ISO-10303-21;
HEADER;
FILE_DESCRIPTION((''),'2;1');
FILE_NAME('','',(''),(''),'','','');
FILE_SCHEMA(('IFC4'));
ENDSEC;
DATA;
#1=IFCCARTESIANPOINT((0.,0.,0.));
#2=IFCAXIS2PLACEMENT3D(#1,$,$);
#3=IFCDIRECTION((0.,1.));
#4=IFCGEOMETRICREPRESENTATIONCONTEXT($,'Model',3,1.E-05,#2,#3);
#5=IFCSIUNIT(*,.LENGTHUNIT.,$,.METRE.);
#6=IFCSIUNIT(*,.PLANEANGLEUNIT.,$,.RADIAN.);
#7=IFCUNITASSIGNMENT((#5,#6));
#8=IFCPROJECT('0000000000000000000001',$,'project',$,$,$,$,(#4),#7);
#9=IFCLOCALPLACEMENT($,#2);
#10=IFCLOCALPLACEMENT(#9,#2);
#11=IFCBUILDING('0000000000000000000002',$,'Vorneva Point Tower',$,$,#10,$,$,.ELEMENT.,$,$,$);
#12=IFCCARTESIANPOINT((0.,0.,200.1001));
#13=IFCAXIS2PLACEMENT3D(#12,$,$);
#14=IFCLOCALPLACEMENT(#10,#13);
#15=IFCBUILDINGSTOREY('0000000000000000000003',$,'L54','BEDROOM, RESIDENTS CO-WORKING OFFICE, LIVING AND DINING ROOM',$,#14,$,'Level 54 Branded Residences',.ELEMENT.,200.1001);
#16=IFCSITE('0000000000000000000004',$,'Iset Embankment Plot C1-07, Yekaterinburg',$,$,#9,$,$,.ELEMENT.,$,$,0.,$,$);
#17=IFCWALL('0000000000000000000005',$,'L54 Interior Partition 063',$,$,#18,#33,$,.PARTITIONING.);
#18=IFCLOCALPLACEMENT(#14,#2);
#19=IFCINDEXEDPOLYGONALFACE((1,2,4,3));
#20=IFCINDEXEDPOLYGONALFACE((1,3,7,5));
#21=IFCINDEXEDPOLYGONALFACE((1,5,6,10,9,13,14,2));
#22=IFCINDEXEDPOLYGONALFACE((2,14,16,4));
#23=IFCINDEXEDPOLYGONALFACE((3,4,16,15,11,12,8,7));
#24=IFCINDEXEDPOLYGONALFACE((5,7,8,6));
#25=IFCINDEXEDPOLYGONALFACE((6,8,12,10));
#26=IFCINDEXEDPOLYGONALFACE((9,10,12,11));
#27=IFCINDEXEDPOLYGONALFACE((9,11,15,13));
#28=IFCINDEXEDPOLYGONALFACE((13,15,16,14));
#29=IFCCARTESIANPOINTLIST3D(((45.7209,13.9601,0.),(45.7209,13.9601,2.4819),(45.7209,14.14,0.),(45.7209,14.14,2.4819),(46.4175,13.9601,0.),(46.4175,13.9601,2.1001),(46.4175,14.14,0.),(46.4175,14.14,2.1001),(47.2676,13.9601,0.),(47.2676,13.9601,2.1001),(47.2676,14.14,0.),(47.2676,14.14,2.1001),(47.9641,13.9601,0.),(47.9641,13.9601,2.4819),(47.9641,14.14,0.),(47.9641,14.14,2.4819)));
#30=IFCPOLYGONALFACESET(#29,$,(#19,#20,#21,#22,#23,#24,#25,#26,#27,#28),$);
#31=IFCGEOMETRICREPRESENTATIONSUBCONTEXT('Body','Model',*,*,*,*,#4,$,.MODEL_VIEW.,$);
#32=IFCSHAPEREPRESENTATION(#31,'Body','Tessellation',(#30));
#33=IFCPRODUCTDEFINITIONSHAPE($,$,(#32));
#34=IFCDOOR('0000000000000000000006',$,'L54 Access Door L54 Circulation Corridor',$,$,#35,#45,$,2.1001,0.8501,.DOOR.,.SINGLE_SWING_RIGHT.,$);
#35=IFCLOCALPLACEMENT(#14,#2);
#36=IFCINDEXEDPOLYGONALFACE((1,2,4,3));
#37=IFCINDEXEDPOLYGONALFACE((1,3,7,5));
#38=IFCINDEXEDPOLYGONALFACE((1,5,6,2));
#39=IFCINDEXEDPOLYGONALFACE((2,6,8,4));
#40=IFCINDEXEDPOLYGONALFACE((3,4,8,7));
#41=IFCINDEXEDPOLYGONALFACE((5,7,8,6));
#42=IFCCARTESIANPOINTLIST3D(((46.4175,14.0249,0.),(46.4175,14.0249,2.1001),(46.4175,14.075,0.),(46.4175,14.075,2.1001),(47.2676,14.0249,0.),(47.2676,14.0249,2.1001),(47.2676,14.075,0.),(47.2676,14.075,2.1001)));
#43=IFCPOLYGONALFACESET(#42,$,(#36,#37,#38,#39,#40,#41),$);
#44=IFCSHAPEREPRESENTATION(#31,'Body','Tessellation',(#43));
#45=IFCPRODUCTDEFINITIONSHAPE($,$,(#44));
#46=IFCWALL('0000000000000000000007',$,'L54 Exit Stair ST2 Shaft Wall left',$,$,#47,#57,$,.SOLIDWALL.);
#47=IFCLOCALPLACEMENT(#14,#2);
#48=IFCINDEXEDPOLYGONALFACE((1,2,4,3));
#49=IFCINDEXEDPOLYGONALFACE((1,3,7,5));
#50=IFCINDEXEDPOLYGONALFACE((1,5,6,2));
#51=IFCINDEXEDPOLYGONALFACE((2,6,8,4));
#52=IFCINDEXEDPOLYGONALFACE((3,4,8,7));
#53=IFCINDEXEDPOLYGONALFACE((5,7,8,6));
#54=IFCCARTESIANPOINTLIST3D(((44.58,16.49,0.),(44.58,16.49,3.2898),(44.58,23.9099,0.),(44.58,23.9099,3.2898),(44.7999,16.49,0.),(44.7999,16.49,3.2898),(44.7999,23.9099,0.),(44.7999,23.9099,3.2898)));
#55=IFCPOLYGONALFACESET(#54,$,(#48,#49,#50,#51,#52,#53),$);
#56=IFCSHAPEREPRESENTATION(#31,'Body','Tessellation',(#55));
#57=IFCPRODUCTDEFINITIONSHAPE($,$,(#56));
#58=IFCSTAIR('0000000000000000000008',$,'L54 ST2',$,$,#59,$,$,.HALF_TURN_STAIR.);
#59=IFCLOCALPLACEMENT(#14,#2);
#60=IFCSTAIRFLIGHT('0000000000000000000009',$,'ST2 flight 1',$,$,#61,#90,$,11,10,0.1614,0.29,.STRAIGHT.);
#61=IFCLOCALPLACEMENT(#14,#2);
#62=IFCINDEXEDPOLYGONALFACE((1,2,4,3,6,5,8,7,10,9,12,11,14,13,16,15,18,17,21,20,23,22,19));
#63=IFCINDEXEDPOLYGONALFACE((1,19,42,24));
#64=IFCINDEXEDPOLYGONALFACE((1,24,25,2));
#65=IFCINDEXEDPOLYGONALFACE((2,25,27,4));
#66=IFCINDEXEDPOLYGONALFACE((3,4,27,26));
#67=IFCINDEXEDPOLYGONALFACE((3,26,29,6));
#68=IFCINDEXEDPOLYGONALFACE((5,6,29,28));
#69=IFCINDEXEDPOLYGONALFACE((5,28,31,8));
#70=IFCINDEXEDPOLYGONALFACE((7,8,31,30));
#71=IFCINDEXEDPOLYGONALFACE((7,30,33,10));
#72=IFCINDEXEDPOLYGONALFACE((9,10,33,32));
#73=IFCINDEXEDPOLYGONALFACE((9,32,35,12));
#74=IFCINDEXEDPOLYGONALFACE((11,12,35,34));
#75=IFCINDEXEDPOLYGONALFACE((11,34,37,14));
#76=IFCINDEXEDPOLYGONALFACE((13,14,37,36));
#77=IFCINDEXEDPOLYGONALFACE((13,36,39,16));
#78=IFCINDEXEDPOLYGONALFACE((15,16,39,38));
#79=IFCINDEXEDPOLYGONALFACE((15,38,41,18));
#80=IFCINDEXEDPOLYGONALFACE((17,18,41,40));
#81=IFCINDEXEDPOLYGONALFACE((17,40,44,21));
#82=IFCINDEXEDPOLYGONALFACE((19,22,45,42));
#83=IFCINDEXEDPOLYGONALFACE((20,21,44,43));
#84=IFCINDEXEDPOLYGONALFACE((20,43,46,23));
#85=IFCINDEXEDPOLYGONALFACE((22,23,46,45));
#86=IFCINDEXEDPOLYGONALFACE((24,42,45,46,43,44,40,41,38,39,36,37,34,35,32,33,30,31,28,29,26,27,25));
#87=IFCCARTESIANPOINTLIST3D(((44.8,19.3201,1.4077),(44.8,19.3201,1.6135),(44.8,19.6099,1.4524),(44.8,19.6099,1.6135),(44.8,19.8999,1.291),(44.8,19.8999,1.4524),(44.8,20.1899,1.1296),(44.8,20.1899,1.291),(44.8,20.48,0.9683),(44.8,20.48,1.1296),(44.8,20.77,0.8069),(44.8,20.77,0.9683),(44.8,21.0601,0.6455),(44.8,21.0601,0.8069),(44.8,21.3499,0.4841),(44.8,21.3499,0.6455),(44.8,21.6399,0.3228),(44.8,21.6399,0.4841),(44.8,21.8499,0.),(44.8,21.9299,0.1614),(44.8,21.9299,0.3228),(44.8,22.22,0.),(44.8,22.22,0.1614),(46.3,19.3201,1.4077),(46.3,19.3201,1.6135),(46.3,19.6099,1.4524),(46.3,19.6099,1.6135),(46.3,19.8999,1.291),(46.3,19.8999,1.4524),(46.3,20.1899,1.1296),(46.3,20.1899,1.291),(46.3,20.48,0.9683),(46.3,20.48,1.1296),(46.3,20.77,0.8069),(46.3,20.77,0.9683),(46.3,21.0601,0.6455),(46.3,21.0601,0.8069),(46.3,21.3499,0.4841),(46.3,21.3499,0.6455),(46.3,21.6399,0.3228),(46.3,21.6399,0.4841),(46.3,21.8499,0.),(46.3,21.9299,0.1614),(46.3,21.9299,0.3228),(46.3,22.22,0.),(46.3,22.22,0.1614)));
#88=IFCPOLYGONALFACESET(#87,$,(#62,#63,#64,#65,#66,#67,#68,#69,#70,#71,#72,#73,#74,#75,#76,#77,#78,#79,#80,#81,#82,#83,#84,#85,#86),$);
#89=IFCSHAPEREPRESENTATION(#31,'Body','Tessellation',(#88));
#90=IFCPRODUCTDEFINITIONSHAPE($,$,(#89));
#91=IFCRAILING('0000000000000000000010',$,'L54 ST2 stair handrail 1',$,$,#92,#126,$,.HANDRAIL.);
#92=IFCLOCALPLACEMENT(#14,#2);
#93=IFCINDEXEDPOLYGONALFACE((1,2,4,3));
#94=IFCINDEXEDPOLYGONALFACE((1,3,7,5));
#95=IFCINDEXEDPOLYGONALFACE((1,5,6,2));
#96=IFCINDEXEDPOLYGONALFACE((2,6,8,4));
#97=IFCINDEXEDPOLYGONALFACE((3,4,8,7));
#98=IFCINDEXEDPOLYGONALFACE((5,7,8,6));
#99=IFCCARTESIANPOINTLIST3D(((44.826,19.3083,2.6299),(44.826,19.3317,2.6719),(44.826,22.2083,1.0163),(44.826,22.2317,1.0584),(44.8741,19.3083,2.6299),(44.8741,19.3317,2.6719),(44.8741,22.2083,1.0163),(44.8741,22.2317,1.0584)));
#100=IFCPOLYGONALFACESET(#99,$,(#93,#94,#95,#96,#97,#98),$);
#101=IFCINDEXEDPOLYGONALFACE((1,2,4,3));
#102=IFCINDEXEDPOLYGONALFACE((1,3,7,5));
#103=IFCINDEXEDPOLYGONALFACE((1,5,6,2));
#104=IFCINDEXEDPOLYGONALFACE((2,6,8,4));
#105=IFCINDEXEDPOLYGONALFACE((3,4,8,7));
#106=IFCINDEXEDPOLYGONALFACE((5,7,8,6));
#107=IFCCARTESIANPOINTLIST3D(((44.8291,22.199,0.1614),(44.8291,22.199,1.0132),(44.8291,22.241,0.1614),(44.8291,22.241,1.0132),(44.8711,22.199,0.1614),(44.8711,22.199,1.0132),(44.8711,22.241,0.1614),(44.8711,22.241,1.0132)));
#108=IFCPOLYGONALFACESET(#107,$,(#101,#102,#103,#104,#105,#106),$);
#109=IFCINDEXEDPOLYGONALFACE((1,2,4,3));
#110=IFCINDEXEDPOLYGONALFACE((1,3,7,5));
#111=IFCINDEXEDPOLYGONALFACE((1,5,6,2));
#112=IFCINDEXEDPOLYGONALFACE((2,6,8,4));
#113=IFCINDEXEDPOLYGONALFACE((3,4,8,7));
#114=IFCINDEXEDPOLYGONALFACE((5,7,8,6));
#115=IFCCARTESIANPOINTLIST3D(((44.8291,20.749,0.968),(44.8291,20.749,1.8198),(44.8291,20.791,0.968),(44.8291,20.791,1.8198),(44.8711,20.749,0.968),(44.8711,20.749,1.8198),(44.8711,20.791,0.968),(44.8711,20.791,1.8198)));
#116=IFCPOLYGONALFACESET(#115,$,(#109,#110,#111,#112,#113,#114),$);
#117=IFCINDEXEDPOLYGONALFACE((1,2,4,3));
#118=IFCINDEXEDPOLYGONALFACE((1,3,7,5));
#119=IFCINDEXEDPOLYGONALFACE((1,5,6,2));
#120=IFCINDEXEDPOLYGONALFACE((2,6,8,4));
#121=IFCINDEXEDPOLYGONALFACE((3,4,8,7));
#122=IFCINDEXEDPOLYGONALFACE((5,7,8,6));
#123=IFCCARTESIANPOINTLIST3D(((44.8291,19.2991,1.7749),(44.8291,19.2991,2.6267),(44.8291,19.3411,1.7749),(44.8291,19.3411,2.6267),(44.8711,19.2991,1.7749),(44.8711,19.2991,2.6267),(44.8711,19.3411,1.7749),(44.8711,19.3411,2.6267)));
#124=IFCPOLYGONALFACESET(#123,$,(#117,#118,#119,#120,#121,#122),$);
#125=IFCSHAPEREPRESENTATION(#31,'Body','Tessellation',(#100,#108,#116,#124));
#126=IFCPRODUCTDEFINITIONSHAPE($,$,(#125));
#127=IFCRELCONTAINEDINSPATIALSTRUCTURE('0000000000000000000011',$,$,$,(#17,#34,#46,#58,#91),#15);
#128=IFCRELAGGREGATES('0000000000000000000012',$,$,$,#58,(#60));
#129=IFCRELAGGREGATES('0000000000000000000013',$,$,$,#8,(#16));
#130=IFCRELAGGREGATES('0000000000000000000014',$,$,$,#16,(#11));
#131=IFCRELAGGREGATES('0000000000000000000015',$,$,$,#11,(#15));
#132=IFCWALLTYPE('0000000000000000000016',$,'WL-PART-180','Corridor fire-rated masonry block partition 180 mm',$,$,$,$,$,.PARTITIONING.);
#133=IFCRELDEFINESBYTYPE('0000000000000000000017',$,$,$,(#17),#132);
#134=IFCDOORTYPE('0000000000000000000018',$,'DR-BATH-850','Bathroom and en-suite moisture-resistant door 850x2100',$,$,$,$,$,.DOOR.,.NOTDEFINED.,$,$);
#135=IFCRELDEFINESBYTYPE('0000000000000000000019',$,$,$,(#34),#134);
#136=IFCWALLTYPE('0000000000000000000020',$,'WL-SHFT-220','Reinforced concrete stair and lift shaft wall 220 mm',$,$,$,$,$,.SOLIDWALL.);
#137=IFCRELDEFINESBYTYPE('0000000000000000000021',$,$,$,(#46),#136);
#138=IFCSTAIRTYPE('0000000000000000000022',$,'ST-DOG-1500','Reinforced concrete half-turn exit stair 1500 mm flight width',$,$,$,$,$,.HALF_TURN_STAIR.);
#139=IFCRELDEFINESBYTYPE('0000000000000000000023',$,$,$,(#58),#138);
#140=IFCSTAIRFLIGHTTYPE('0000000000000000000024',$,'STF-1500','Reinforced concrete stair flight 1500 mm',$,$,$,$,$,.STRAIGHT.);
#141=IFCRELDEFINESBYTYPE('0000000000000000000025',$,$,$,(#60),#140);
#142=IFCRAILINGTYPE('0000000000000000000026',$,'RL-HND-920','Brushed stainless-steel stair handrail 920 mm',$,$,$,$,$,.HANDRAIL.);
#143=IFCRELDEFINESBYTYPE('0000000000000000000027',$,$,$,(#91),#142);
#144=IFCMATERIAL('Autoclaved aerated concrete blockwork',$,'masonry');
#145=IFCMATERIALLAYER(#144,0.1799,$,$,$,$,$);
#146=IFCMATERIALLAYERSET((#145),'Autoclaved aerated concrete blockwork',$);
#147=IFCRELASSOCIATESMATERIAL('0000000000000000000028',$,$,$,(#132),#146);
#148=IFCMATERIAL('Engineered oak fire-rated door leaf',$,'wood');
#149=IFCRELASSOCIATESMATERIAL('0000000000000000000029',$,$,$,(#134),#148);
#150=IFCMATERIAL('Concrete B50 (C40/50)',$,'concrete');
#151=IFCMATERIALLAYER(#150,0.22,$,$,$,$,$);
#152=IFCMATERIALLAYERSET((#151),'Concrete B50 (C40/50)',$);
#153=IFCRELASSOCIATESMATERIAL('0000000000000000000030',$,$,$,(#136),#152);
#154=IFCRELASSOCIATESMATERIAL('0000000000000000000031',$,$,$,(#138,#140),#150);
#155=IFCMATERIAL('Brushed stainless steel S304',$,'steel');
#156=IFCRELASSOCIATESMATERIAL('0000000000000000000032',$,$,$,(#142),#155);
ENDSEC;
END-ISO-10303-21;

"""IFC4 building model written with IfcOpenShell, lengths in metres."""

from ifc_helpers import new_model, si_unit, direction, frame, frame_2d, origin, origin_2d, place, context, subcontext, project, spatial, polyline, rectangle, outline, extrude, material, layer, layer_set, type_object, element, fill, aggregate, save


model = new_model("IFC4")

# Units and contexts
model_context = context("Model", 3, precision=1e-05, world=origin(), true_north=direction((0.0, 1.0)))
body_context = subcontext(model_context, "Body", "Model", "MODEL_VIEW")
ifc_project = project(units=[si_unit("LENGTHUNIT", "METRE"), si_unit("PLANEANGLEUNIT", "RADIAN")], contexts=[model_context])

# Site, building, storey
site_placement = place(None, origin())
site = spatial("IfcSite", under=ifc_project, at=site_placement, Name="Iset Embankment Plot C1-07, Yekaterinburg", CompositionType="ELEMENT", RefElevation=0.0)
building_placement = place(site_placement, origin())
building = spatial("IfcBuilding", under=site, at=building_placement, Name="Vorneva Point Tower", CompositionType="ELEMENT")
storey_placement = place(building_placement, frame((0.0, 0.0, 200.1001)))
storey = spatial("IfcBuildingStorey", under=building, at=storey_placement, Name="L54", Description="BEDROOM, RESIDENTS CO-WORKING OFFICE, LIVING AND DINING ROOM", LongName="Level 54 Branded Residences", CompositionType="ELEMENT", Elevation=200.1001)

# Shared definitions
ifc_material_1 = material(Name="Concrete B50 (C40/50)", Category="concrete")

# Shared definitions
ifc_material_2 = material(Name="Autoclaved aerated concrete blockwork", Category="masonry")
ifc_layer_1 = layer(ifc_material_2, 0.1799)
ifc_layer_set_1 = layer_set([ifc_layer_1], Name="Autoclaved aerated concrete blockwork")
wall_type_1 = type_object("IfcWallType", Name="WL-PART-180", Description="Corridor fire-rated masonry block partition 180 mm", PredefinedType="PARTITIONING", material=ifc_layer_set_1)

# Wall, opening, door
wall_1_placement = place(storey_placement, frame((45.7209, 14.05, 0.0), z_axis=(0.0, 0.0, 1.0), x_axis=(1.0, 0.0, 0.0)))
wall_1 = element("IfcWall", 1, at=wall_1_placement, inside=storey, type_object=wall_type_1, Name="L54 Interior Partition 063", PredefinedType="PARTITIONING", context=body_context, shape_type="SweptSolid", body=[
    extrude(rectangle(XDim=2.2432, YDim=0.1799, at=frame_2d((1.1216, 0.0))), origin(), (0.0, 0.0, 1.0), 2.4819),
])
opening_1_placement = place(wall_1_placement, frame((0.6965, 0.0, 0.0)))
opening_1 = element("IfcOpeningElement", 2, at=opening_1_placement, cuts=wall_1, PredefinedType="OPENING", context=body_context, shape_type="SweptSolid", body=[
    extrude(rectangle(XDim=0.8501, YDim=2.1001, at=frame_2d((0.425, 1.05))), frame((0.0, 0.105, 0.0), z_axis=(0.0, -1.0, 0.0), x_axis=(1.0, 0.0, 0.0)), (0.0, 0.0, 1.0), 0.2097),
])
ifc_material_3 = material(Name="Engineered oak fire-rated door leaf", Category="wood")
door_type_1 = type_object("IfcDoorType", Name="DR-BATH-850", Description="Bathroom and en-suite moisture-resistant door 850x2100", OperationType="NOTDEFINED", PredefinedType="DOOR", material=ifc_material_3)
door_1_placement = place(opening_1_placement, origin())
door_1 = element("IfcDoor", 3, at=door_1_placement, inside=storey, type_object=door_type_1, Name="L54 Access Door L54 Circulation Corridor", OperationType="SINGLE_SWING_RIGHT", OverallHeight=2.1001, OverallWidth=0.8501, PredefinedType="DOOR", context=body_context, shape_type="SweptSolid", body=[
    extrude(rectangle(XDim=0.8501, YDim=2.1001, at=frame_2d((0.425, 1.05))), frame((0.0, 0.0249, 0.0), z_axis=(0.0, -1.0, 0.0), x_axis=(1.0, 0.0, 0.0)), (0.0, 0.0, 1.0), 0.05),
])
fill(opening_1, door_1)
ifc_layer_2 = layer(ifc_material_1, 0.22)
ifc_layer_set_2 = layer_set([ifc_layer_2], Name="Concrete B50 (C40/50)")
wall_type_2 = type_object("IfcWallType", Name="WL-SHFT-220", Description="Reinforced concrete stair and lift shaft wall 220 mm", PredefinedType="SOLIDWALL", material=ifc_layer_set_2)

# Wall
wall_2_placement = place(storey_placement, frame((44.6899, 16.49, 0.0), z_axis=(0.0, 0.0, 1.0), x_axis=(0.0, 1.0, 0.0)))
element("IfcWall", 4, at=wall_2_placement, inside=storey, type_object=wall_type_2, Name="L54 Exit Stair ST2 Shaft Wall left", PredefinedType="SOLIDWALL", context=body_context, shape_type="SweptSolid", body=[
    extrude(rectangle(XDim=7.4199, YDim=0.22, at=frame_2d((3.71, 0.0))), origin(), (0.0, 0.0, 1.0), 3.2898),
])

# Stair, stair flight
stair_type = type_object("IfcStairType", Name="ST-DOG-1500", Description="Reinforced concrete half-turn exit stair 1500 mm flight width", PredefinedType="HALF_TURN_STAIR", material=ifc_material_1)
stair_placement = place(storey_placement, origin())
stair = element("IfcStair", 5, at=stair_placement, inside=storey, type_object=stair_type, Name="L54 ST2", PredefinedType="HALF_TURN_STAIR")
stair_flight_type = type_object("IfcStairFlightType", Name="STF-1500", Description="Reinforced concrete stair flight 1500 mm", PredefinedType="STRAIGHT", material=ifc_material_1)
stair_flight_placement = place(storey_placement, frame((45.55, 22.22, 0.0), z_axis=(0.0, 0.0, 1.0), x_axis=(0.0, -1.0, 0.0)))
stair_flight = element("IfcStairFlight", 6, at=stair_flight_placement, type_object=stair_flight_type, Name="ST2 flight 1", NumberOfRisers=11, NumberOfTreads=10, PredefinedType="STRAIGHT", RiserHeight=0.1614, TreadLength=0.29, context=body_context, shape_type="SweptSolid", body=[
    extrude(outline(polyline([(0.0, 0.0), (0.0, 0.1614), (0.29, 0.1614), (0.29, 0.3228), (0.5801, 0.3228), (0.5801, 0.4841), (0.8701, 0.4841), (0.8701, 0.6455), (1.1599, 0.6455), (1.1599, 0.8069), (1.45, 0.8069), (1.45, 0.9683), (1.74, 0.9683), (1.74, 1.1296), (2.03, 1.1296), (2.03, 1.291), (2.3201, 1.291), (2.3201, 1.4524), (2.6101, 1.4524), (2.6101, 1.6135), (2.8999, 1.6135), (2.8999, 1.7749), (2.8999, 1.4077), (0.3701, 0.0), (0.0, 0.0)])), frame((0.0, 0.75, 0.0), z_axis=(0.0, -1.0, 0.0), x_axis=(1.0, 0.0, 0.0)), (0.0, 0.0, 1.0), 1.5),
])
aggregate(stair, [stair_flight])

# Railing
ifc_material_4 = material(Name="Brushed stainless steel S304", Category="steel")
railing_type = type_object("IfcRailingType", Name="RL-HND-920", Description="Brushed stainless-steel stair handrail 920 mm", PredefinedType="HANDRAIL", material=ifc_material_4)
railing_placement = place(storey_placement, frame((44.8501, 22.22, 0.1614)))
element("IfcRailing", 7, at=railing_placement, inside=storey, type_object=railing_type, Name="L54 ST2 stair handrail 1", PredefinedType="HANDRAIL", context=body_context, shape_type="SweptSolid", body=[
    extrude(rectangle(XDim=0.0481, YDim=0.0481, at=origin_2d()), frame((0.0, 0.0, 0.876), z_axis=(0.0, -0.873841, 0.486211), x_axis=(1.0, 0.0, 0.0)), (0.0, 0.0, 1.0), 3.3186),
    extrude(rectangle(XDim=0.042, YDim=0.042, at=origin_2d()), origin(), (0.0, 0.0, 1.0), 0.8518),
    extrude(rectangle(XDim=0.042, YDim=0.042, at=origin_2d()), frame((0.0, -1.45, 0.8066)), (0.0, 0.0, 1.0), 0.8518),
    extrude(rectangle(XDim=0.042, YDim=0.042, at=origin_2d()), frame((0.0, -2.8999, 1.6135)), (0.0, 0.0, 1.0), 0.8518),
])

save(model, "model.ifc")
